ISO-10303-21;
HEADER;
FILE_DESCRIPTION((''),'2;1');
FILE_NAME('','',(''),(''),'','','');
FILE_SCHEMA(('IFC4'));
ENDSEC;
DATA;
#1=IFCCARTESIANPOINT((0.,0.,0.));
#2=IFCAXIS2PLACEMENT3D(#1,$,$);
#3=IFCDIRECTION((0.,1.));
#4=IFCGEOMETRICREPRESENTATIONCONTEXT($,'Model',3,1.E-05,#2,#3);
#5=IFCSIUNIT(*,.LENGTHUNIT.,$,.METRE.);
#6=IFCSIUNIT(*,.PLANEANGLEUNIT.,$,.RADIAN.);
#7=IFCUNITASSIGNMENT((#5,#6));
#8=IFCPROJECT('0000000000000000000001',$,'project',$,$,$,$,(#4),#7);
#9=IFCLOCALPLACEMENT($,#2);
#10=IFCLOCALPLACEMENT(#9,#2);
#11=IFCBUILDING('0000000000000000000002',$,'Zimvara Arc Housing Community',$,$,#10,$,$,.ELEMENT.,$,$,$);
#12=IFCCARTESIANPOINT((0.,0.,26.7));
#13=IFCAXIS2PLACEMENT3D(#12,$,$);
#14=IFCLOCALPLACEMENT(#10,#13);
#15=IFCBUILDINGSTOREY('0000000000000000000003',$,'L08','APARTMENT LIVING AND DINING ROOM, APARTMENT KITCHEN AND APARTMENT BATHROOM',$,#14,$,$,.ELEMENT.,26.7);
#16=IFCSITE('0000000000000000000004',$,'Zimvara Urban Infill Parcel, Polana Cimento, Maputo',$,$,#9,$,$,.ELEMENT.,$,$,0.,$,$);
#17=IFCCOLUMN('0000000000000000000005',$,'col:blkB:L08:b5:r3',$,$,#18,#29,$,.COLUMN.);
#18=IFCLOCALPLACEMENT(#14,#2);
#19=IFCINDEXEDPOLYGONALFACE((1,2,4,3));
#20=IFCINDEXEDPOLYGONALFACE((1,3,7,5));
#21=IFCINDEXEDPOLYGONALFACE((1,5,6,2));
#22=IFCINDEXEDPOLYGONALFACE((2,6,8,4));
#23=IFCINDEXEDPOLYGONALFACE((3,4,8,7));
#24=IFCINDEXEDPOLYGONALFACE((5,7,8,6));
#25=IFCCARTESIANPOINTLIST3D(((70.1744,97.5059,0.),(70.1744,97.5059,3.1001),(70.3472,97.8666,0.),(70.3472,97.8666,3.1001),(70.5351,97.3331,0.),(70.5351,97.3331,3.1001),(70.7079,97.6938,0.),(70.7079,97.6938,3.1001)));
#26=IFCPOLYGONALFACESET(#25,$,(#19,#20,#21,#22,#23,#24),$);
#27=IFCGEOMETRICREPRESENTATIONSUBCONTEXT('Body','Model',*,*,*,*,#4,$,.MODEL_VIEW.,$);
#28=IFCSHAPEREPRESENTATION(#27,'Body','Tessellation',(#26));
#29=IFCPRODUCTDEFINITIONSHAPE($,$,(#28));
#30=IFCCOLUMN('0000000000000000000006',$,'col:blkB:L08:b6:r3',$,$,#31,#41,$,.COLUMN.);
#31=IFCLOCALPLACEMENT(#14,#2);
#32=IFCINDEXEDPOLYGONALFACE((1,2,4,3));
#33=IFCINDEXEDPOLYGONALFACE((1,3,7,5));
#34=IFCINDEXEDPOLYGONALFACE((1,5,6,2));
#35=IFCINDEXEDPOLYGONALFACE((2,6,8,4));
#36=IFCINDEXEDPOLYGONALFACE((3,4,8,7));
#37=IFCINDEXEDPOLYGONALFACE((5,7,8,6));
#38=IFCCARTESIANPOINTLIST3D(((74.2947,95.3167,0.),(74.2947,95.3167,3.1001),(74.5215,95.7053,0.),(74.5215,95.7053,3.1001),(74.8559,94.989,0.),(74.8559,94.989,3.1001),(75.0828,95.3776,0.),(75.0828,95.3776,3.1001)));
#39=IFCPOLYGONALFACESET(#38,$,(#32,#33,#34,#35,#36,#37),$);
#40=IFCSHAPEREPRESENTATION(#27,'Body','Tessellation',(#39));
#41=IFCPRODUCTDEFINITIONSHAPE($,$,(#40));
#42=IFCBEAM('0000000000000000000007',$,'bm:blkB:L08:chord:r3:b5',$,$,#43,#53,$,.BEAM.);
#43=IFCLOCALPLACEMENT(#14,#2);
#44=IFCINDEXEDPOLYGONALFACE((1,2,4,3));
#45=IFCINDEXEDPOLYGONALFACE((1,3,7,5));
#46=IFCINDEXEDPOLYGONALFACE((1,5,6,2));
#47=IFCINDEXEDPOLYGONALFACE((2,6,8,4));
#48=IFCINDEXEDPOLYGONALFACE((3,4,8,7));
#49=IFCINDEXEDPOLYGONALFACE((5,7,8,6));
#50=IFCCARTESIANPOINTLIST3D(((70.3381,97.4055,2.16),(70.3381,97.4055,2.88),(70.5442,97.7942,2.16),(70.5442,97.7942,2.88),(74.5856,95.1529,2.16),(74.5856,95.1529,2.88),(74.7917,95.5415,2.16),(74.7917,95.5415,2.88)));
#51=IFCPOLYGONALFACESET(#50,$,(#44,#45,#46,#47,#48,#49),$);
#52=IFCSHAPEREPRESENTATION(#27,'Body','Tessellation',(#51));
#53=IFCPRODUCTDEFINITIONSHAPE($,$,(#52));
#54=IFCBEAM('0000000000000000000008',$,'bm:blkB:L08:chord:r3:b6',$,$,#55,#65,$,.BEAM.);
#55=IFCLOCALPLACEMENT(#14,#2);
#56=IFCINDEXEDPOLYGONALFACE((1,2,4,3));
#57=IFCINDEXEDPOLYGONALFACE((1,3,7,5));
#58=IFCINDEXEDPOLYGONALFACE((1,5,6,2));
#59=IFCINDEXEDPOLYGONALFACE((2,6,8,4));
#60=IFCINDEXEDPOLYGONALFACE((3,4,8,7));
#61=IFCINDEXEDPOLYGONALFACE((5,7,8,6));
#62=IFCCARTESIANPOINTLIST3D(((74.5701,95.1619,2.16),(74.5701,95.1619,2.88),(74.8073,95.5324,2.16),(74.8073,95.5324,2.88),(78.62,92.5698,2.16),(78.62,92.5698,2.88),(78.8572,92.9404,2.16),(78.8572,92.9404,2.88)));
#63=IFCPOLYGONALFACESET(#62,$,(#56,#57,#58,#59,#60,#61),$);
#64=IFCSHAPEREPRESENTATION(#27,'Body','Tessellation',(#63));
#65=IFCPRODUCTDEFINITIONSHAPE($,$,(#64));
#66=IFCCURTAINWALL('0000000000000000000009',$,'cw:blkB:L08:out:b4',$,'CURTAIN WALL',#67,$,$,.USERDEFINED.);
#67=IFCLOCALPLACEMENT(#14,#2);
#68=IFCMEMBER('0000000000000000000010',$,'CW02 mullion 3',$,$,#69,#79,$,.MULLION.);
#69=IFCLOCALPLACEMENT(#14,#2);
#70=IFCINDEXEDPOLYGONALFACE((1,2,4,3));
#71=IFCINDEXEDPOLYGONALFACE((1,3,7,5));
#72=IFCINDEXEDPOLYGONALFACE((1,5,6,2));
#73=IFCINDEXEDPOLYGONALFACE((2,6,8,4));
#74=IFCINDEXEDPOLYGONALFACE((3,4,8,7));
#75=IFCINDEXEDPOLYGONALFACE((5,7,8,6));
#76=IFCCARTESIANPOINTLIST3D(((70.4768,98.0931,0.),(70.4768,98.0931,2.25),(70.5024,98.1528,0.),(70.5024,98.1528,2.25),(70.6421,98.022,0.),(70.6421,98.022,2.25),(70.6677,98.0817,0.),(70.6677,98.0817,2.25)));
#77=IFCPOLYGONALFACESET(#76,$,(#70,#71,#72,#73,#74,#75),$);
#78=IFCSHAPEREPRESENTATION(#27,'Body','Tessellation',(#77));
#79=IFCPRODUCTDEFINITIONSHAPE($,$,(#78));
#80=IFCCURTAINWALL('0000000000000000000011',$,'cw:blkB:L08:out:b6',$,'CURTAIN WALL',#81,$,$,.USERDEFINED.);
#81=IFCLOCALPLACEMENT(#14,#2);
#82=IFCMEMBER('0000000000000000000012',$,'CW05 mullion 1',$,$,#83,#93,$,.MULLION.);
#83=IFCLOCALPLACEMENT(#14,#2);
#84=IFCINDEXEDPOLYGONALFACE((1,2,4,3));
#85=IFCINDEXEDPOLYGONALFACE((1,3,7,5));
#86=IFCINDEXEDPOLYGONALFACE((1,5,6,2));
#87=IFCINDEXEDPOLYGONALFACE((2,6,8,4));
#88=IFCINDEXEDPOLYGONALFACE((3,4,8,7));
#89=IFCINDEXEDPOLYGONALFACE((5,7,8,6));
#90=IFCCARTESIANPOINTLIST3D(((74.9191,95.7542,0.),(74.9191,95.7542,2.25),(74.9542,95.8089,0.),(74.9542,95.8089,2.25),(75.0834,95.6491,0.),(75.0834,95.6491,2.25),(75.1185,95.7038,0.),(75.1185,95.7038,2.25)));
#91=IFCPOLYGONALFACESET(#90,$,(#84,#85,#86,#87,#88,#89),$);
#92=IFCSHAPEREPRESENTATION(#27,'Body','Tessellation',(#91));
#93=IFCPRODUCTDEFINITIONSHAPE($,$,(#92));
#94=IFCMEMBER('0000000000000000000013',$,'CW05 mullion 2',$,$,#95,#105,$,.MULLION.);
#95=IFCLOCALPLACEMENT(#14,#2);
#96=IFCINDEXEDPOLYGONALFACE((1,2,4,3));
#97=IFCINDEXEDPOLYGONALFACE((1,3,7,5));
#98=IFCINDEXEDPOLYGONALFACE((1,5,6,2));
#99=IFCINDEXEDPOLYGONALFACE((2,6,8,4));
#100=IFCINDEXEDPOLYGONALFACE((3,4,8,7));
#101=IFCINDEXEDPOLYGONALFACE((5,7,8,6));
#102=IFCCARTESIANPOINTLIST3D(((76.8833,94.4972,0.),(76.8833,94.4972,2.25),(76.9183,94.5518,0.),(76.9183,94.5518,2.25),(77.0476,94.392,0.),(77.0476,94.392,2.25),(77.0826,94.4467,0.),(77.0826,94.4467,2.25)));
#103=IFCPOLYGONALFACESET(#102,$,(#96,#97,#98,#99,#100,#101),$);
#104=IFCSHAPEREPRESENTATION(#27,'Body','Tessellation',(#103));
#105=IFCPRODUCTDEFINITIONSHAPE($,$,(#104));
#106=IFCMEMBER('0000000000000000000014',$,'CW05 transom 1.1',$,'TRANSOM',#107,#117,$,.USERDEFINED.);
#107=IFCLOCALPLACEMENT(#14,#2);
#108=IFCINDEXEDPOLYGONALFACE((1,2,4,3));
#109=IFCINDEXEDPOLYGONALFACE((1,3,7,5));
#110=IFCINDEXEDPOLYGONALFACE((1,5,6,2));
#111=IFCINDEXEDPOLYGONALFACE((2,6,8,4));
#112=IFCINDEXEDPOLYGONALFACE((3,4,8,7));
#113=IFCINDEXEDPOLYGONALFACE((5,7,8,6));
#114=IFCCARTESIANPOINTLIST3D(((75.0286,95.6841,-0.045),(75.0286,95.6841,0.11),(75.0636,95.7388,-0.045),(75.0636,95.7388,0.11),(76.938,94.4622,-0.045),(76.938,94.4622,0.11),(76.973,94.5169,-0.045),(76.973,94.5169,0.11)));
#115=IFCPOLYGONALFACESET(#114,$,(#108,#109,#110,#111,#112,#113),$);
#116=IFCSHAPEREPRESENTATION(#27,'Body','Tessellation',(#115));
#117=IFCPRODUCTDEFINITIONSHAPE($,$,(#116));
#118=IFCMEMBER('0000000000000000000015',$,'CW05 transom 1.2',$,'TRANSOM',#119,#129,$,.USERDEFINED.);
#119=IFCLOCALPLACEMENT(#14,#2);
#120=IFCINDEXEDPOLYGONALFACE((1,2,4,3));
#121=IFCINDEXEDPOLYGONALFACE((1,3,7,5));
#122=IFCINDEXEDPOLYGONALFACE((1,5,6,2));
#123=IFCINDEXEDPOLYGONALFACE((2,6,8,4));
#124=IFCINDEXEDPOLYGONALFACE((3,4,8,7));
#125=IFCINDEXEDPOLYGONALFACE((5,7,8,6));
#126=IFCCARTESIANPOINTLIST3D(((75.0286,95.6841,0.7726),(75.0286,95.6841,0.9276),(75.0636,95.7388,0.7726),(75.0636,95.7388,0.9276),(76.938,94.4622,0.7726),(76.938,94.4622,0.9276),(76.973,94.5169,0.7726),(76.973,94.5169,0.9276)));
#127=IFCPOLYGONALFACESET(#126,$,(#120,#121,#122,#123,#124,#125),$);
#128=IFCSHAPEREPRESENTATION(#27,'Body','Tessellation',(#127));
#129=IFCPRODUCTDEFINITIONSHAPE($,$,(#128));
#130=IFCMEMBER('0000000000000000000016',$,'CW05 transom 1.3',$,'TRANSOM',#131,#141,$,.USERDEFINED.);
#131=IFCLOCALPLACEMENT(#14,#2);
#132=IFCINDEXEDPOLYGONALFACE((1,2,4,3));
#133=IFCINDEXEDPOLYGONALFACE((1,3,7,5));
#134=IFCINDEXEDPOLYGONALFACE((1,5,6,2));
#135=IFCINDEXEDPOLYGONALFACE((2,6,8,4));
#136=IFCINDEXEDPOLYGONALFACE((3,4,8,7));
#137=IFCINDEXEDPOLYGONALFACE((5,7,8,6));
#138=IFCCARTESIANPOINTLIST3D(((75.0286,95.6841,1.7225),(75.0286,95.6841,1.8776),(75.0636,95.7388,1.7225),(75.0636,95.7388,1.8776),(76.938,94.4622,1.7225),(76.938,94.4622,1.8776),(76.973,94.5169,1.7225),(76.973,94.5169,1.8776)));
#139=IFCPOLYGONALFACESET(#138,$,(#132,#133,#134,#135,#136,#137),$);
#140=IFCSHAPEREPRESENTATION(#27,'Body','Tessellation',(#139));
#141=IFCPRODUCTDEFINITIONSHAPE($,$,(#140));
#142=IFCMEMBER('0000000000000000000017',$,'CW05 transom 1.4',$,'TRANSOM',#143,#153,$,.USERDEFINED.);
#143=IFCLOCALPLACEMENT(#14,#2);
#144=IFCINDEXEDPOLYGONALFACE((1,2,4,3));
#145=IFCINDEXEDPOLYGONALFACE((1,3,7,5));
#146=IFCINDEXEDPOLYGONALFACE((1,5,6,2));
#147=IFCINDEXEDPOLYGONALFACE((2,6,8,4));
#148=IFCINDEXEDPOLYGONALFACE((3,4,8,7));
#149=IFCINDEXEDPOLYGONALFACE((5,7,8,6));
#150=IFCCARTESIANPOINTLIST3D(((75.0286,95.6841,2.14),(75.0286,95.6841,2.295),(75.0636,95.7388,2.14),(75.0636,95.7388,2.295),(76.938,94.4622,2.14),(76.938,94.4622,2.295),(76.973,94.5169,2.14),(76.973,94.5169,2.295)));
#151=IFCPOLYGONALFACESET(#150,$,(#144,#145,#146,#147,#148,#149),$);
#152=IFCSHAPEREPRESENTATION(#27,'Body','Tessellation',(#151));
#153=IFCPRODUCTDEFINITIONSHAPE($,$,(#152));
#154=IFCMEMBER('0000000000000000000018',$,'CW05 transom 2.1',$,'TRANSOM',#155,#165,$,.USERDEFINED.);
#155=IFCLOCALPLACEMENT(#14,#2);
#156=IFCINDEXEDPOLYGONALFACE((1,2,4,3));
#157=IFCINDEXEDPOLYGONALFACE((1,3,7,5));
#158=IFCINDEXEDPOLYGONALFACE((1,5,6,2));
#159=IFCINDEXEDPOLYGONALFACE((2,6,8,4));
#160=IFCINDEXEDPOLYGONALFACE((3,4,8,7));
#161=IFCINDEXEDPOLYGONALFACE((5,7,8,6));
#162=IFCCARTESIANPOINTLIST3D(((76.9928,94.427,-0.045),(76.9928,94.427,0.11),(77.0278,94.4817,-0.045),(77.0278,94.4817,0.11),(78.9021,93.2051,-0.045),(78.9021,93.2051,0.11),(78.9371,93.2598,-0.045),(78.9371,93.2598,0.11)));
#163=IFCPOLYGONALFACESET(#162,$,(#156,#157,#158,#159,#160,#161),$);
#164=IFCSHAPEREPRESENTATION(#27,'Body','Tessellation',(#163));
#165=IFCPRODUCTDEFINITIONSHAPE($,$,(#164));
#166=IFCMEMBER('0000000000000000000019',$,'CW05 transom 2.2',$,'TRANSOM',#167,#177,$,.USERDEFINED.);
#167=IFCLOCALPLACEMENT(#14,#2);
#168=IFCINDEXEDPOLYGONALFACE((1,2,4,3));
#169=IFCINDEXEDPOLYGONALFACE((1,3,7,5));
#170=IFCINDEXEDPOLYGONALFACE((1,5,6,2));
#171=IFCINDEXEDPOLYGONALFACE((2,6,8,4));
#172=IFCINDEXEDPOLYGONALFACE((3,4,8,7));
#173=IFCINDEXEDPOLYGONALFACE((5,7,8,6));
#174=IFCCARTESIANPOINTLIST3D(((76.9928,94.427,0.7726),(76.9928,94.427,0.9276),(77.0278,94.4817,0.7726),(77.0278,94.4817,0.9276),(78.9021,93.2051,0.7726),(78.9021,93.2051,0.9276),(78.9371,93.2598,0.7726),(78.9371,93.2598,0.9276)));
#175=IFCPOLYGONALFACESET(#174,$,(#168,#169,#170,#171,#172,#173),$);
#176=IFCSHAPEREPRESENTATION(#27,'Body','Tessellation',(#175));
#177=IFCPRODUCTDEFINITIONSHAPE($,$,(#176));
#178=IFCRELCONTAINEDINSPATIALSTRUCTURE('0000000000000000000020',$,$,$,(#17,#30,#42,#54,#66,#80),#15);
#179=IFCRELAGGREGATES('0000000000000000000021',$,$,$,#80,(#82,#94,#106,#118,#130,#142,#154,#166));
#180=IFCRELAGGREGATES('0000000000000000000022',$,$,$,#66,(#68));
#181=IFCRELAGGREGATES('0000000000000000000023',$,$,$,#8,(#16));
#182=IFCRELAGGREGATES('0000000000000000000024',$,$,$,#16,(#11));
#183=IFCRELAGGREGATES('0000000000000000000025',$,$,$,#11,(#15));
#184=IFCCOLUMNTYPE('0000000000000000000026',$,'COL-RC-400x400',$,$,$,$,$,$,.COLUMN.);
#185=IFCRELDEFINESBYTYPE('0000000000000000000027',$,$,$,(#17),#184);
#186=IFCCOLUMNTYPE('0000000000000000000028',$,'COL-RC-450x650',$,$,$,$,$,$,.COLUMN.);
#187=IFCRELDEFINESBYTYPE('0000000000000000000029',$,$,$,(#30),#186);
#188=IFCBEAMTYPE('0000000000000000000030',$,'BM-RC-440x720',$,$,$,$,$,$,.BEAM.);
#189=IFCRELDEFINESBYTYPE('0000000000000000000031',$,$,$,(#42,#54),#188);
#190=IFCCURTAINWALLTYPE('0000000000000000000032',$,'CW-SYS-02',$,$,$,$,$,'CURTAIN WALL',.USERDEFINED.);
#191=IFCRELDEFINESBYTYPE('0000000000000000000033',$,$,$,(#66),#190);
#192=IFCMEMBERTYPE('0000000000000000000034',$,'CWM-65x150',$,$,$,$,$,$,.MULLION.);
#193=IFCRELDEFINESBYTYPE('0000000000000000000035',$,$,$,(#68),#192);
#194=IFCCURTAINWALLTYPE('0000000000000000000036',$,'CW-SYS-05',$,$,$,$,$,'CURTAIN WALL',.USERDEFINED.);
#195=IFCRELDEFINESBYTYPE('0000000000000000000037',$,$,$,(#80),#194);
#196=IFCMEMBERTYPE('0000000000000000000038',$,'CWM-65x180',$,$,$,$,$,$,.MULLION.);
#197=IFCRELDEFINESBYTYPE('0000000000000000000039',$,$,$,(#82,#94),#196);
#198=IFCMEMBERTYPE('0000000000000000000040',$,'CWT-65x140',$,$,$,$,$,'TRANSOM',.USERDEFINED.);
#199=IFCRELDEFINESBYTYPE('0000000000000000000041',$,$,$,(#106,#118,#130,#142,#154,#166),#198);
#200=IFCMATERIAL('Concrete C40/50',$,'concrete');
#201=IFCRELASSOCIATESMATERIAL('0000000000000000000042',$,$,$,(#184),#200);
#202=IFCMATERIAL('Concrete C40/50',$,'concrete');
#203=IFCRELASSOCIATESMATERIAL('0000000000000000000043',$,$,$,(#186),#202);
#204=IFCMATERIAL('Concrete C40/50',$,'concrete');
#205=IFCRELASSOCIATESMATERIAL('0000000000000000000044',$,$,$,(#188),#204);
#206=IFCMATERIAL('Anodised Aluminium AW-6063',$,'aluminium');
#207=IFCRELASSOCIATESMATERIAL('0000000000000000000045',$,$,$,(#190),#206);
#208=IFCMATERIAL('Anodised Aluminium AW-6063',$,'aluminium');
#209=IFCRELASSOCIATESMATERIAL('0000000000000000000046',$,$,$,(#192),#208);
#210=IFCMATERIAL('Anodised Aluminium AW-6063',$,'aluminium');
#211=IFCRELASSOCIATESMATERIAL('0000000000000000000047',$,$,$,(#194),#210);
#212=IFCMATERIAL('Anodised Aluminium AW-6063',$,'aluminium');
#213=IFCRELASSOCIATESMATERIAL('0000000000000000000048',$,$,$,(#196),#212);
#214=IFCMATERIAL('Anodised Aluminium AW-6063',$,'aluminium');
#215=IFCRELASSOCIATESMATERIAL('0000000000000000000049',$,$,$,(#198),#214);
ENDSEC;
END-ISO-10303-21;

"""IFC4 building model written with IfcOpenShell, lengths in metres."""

from ifc_helpers import new_model, si_unit, direction, frame, origin, origin_2d, place, context, subcontext, project, spatial, rectangle, extrude, material, material_profile, profile_set, type_object, element, aggregate, save


model = new_model("IFC4")

# Units and contexts
model_context = context("Model", 3, precision=1e-05, world=origin(), true_north=direction((0.0, 1.0)))
body_context = subcontext(model_context, "Body", "Model", "MODEL_VIEW")
ifc_project = project(units=[si_unit("LENGTHUNIT", "METRE"), si_unit("PLANEANGLEUNIT", "RADIAN")], contexts=[model_context])

# Site, building, storey
site_placement = place(None, origin())
site = spatial("IfcSite", under=ifc_project, at=site_placement, Name="Zimvara Urban Infill Parcel, Polana Cimento, Maputo", CompositionType="ELEMENT", RefElevation=0.0)
building_placement = place(site_placement, origin())
building = spatial("IfcBuilding", under=site, at=building_placement, Name="Zimvara Arc Housing Community", CompositionType="ELEMENT")
storey_placement = place(building_placement, frame((0.0, 0.0, 26.7)))
storey = spatial("IfcBuildingStorey", under=building, at=storey_placement, Name="L08", Description="APARTMENT LIVING AND DINING ROOM, APARTMENT KITCHEN AND APARTMENT BATHROOM", CompositionType="ELEMENT", Elevation=26.7)

# Columns
ifc_material_1 = material(Name="Concrete C40/50", Category="concrete")
ifc_material_profile_1 = material_profile(ifc_material_1, rectangle(XDim=0.3999, YDim=0.3999, at=origin_2d()), Name="RC 400x400")
ifc_profile_set_1 = profile_set([ifc_material_profile_1], Name="Concrete C40/50")
column_type_1 = type_object("IfcColumnType", Name="COL-RC-400x400", PredefinedType="COLUMN", material=ifc_profile_set_1)
column_1_placement = place(storey_placement, frame((70.4412, 97.5999, 0.0), z_axis=(0.0, 0.0, 1.0), x_axis=(0.432086, 0.901833, 0.0)))
element("IfcColumn", 1, at=column_1_placement, inside=storey, type_object=column_type_1, Name="col:blkB:L08:b5:r3", PredefinedType="COLUMN", context=body_context, shape_type="SweptSolid", body=[
    extrude(rectangle(XDim=0.3999, YDim=0.3999, at=origin_2d()), origin(), (0.0, 0.0, 1.0), 3.1001),
])
ifc_material_2 = material(Name="Concrete C40/50", Category="concrete")
ifc_material_profile_2 = material_profile(ifc_material_2, rectangle(XDim=0.45, YDim=0.6499, at=origin_2d()), Name="RC 450x650")
ifc_profile_set_2 = profile_set([ifc_material_profile_2], Name="Concrete C40/50")
column_type_2 = type_object("IfcColumnType", Name="COL-RC-450x650", PredefinedType="COLUMN", material=ifc_profile_set_2)
column_2_placement = place(storey_placement, frame((74.6887, 95.3472, 0.0), z_axis=(0.0, 0.0, 1.0), x_axis=(0.504226, 0.863572, 0.0)))
element("IfcColumn", 2, at=column_2_placement, inside=storey, type_object=column_type_2, Name="col:blkB:L08:b6:r3", PredefinedType="COLUMN", context=body_context, shape_type="SweptSolid", body=[
    extrude(rectangle(XDim=0.45, YDim=0.6499, at=origin_2d()), origin(), (0.0, 0.0, 1.0), 3.1001),
])

# Beams
ifc_material_3 = material(Name="Concrete C40/50", Category="concrete")
ifc_material_profile_3 = material_profile(ifc_material_3, rectangle(XDim=0.4399, YDim=0.72, at=origin_2d()), Name="RC 440x720")
ifc_profile_set_3 = profile_set([ifc_material_profile_3], Name="Concrete C40/50")
beam_type = type_object("IfcBeamType", Name="BM-RC-440x720", PredefinedType="BEAM", material=ifc_profile_set_3)
beam_1_placement = place(storey_placement, frame((70.4412, 97.5999, 2.52), z_axis=(0.883446, -0.468534, 0.0), x_axis=(0.468534, 0.883446, 0.0)))
element("IfcBeam", 3, at=beam_1_placement, inside=storey, type_object=beam_type, Name="bm:blkB:L08:chord:r3:b5", PredefinedType="BEAM", context=body_context, shape_type="SweptSolid", body=[
    extrude(rectangle(XDim=0.4399, YDim=0.72, at=origin_2d()), origin(), (0.0, 0.0, 1.0), 4.8079),
])
beam_2_placement = place(storey_placement, frame((74.6887, 95.3472, 2.52), z_axis=(0.842256, -0.539078, 0.0), x_axis=(0.539078, 0.842256, 0.0)))
element("IfcBeam", 4, at=beam_2_placement, inside=storey, type_object=beam_type, Name="bm:blkB:L08:chord:r3:b6", PredefinedType="BEAM", context=body_context, shape_type="SweptSolid", body=[
    extrude(rectangle(XDim=0.4399, YDim=0.72, at=origin_2d()), origin(), (0.0, 0.0, 1.0), 4.8083),
])

# Curtain wall, member
ifc_material_4 = material(Name="Anodised Aluminium AW-6063", Category="aluminium")
curtain_wall_type_1 = type_object("IfcCurtainWallType", Name="CW-SYS-02", ElementType="CURTAIN WALL", PredefinedType="USERDEFINED", material=ifc_material_4)
curtain_wall_1_placement = place(storey_placement, origin())
curtain_wall_1 = element("IfcCurtainWall", 5, at=curtain_wall_1_placement, inside=storey, type_object=curtain_wall_type_1, Name="cw:blkB:L08:out:b4", ObjectType="CURTAIN WALL", PredefinedType="USERDEFINED")
ifc_material_5 = material(Name="Anodised Aluminium AW-6063", Category="aluminium")
ifc_material_profile_4 = material_profile(ifc_material_5, rectangle(XDim=0.0649, YDim=0.1799, at=origin_2d()), Name="ALU 65x180")
ifc_profile_set_4 = profile_set([ifc_material_profile_4], Name="Anodised Aluminium AW-6063")
member_type_1 = type_object("IfcMemberType", Name="CWM-65x150", PredefinedType="MULLION", material=ifc_profile_set_4)
member_1_placement = place(storey_placement, frame((70.5723, 98.0874, 0.0), z_axis=(0.0, 0.0, 1.0), x_axis=(0.394904, 0.918722, 0.0)))
member_1 = element("IfcMember", 6, at=member_1_placement, type_object=member_type_1, Name="CW02 mullion 3", PredefinedType="MULLION", context=body_context, shape_type="SweptSolid", body=[
    extrude(rectangle(XDim=0.0649, YDim=0.1799, at=origin_2d()), origin(), (0.0, 0.0, 1.0), 2.25),
])

# Curtain wall, members
ifc_material_6 = material(Name="Anodised Aluminium AW-6063", Category="aluminium")
curtain_wall_type_2 = type_object("IfcCurtainWallType", Name="CW-SYS-05", ElementType="CURTAIN WALL", PredefinedType="USERDEFINED", material=ifc_material_6)
curtain_wall_2_placement = place(storey_placement, origin())
curtain_wall_2 = element("IfcCurtainWall", 7, at=curtain_wall_2_placement, inside=storey, type_object=curtain_wall_type_2, Name="cw:blkB:L08:out:b6", ObjectType="CURTAIN WALL", PredefinedType="USERDEFINED")
ifc_material_7 = material(Name="Anodised Aluminium AW-6063", Category="aluminium")
ifc_material_profile_5 = material_profile(ifc_material_7, rectangle(XDim=0.0649, YDim=0.1951, at=origin_2d()), Name="ALU 65x195")
ifc_profile_set_5 = profile_set([ifc_material_profile_5], Name="Anodised Aluminium AW-6063")
member_type_2 = type_object("IfcMemberType", Name="CWM-65x180", PredefinedType="MULLION", material=ifc_profile_set_5)
member_2_placement = place(storey_placement, frame((75.0188, 95.729, 0.0), z_axis=(0.0, 0.0, 1.0), x_axis=(0.539065, 0.842264, 0.0)))
member_2 = element("IfcMember", 8, at=member_2_placement, type_object=member_type_2, Name="CW05 mullion 1", PredefinedType="MULLION", context=body_context, shape_type="SweptSolid", body=[
    extrude(rectangle(XDim=0.0649, YDim=0.1951, at=origin_2d()), origin(), (0.0, 0.0, 1.0), 2.25),
])
member_3_placement = place(storey_placement, frame((76.9829, 94.4719, 0.0), z_axis=(0.0, 0.0, 1.0), x_axis=(0.539065, 0.842264, 0.0)))
member_3 = element("IfcMember", 9, at=member_3_placement, type_object=member_type_2, Name="CW05 mullion 2", PredefinedType="MULLION", context=body_context, shape_type="SweptSolid", body=[
    extrude(rectangle(XDim=0.0649, YDim=0.1951, at=origin_2d()), origin(), (0.0, 0.0, 1.0), 2.25),
])
ifc_material_8 = material(Name="Anodised Aluminium AW-6063", Category="aluminium")
ifc_material_profile_6 = material_profile(ifc_material_8, rectangle(XDim=0.0649, YDim=0.155, at=origin_2d()), Name="ALU 65x155")
ifc_profile_set_6 = profile_set([ifc_material_profile_6], Name="Anodised Aluminium AW-6063")
member_type_3 = type_object("IfcMemberType", Name="CWT-65x140", ElementType="TRANSOM", PredefinedType="USERDEFINED", material=ifc_profile_set_6)
member_4_placement = place(storey_placement, frame((75.0461, 95.7114, 0.0325), z_axis=(0.842293, -0.53902, 0.0), x_axis=(0.53902, 0.842293, 0.0)))
member_4 = element("IfcMember", 10, at=member_4_placement, type_object=member_type_3, Name="CW05 transom 1.1", ObjectType="TRANSOM", PredefinedType="USERDEFINED", context=body_context, shape_type="SweptSolid", body=[
    extrude(rectangle(XDim=0.0649, YDim=0.155, at=origin_2d()), origin(), (0.0, 0.0, 1.0), 2.2668),
])
member_5_placement = place(storey_placement, frame((75.0461, 95.7114, 0.8501), z_axis=(0.842293, -0.53902, 0.0), x_axis=(0.53902, 0.842293, 0.0)))
member_5 = element("IfcMember", 11, at=member_5_placement, type_object=member_type_3, Name="CW05 transom 1.2", ObjectType="TRANSOM", PredefinedType="USERDEFINED", context=body_context, shape_type="SweptSolid", body=[
    extrude(rectangle(XDim=0.0649, YDim=0.155, at=origin_2d()), origin(), (0.0, 0.0, 1.0), 2.2668),
])
member_6_placement = place(storey_placement, frame((75.0461, 95.7114, 1.8), z_axis=(0.842293, -0.53902, 0.0), x_axis=(0.53902, 0.842293, 0.0)))
member_6 = element("IfcMember", 12, at=member_6_placement, type_object=member_type_3, Name="CW05 transom 1.3", ObjectType="TRANSOM", PredefinedType="USERDEFINED", context=body_context, shape_type="SweptSolid", body=[
    extrude(rectangle(XDim=0.0649, YDim=0.155, at=origin_2d()), origin(), (0.0, 0.0, 1.0), 2.2668),
])
member_7_placement = place(storey_placement, frame((75.0461, 95.7114, 2.2175), z_axis=(0.842293, -0.53902, 0.0), x_axis=(0.53902, 0.842293, 0.0)))
member_7 = element("IfcMember", 13, at=member_7_placement, type_object=member_type_3, Name="CW05 transom 1.4", ObjectType="TRANSOM", PredefinedType="USERDEFINED", context=body_context, shape_type="SweptSolid", body=[
    extrude(rectangle(XDim=0.0649, YDim=0.155, at=origin_2d()), origin(), (0.0, 0.0, 1.0), 2.2668),
])
member_8_placement = place(storey_placement, frame((77.0103, 94.4543, 0.0325), z_axis=(0.842293, -0.53902, 0.0), x_axis=(0.53902, 0.842293, 0.0)))
member_8 = element("IfcMember", 14, at=member_8_placement, type_object=member_type_3, Name="CW05 transom 2.1", ObjectType="TRANSOM", PredefinedType="USERDEFINED", context=body_context, shape_type="SweptSolid", body=[
    extrude(rectangle(XDim=0.0649, YDim=0.155, at=origin_2d()), origin(), (0.0, 0.0, 1.0), 2.2668),
])
member_9_placement = place(storey_placement, frame((77.0103, 94.4543, 0.8501), z_axis=(0.842293, -0.53902, 0.0), x_axis=(0.53902, 0.842293, 0.0)))
member_9 = element("IfcMember", 15, at=member_9_placement, type_object=member_type_3, Name="CW05 transom 2.2", ObjectType="TRANSOM", PredefinedType="USERDEFINED", context=body_context, shape_type="SweptSolid", body=[
    extrude(rectangle(XDim=0.0649, YDim=0.155, at=origin_2d()), origin(), (0.0, 0.0, 1.0), 2.2668),
])
aggregate(curtain_wall_2, [member_2, member_3, member_4, member_5, member_6, member_7, member_8, member_9])

aggregate(curtain_wall_1, [member_1])

save(model, "model.ifc")
